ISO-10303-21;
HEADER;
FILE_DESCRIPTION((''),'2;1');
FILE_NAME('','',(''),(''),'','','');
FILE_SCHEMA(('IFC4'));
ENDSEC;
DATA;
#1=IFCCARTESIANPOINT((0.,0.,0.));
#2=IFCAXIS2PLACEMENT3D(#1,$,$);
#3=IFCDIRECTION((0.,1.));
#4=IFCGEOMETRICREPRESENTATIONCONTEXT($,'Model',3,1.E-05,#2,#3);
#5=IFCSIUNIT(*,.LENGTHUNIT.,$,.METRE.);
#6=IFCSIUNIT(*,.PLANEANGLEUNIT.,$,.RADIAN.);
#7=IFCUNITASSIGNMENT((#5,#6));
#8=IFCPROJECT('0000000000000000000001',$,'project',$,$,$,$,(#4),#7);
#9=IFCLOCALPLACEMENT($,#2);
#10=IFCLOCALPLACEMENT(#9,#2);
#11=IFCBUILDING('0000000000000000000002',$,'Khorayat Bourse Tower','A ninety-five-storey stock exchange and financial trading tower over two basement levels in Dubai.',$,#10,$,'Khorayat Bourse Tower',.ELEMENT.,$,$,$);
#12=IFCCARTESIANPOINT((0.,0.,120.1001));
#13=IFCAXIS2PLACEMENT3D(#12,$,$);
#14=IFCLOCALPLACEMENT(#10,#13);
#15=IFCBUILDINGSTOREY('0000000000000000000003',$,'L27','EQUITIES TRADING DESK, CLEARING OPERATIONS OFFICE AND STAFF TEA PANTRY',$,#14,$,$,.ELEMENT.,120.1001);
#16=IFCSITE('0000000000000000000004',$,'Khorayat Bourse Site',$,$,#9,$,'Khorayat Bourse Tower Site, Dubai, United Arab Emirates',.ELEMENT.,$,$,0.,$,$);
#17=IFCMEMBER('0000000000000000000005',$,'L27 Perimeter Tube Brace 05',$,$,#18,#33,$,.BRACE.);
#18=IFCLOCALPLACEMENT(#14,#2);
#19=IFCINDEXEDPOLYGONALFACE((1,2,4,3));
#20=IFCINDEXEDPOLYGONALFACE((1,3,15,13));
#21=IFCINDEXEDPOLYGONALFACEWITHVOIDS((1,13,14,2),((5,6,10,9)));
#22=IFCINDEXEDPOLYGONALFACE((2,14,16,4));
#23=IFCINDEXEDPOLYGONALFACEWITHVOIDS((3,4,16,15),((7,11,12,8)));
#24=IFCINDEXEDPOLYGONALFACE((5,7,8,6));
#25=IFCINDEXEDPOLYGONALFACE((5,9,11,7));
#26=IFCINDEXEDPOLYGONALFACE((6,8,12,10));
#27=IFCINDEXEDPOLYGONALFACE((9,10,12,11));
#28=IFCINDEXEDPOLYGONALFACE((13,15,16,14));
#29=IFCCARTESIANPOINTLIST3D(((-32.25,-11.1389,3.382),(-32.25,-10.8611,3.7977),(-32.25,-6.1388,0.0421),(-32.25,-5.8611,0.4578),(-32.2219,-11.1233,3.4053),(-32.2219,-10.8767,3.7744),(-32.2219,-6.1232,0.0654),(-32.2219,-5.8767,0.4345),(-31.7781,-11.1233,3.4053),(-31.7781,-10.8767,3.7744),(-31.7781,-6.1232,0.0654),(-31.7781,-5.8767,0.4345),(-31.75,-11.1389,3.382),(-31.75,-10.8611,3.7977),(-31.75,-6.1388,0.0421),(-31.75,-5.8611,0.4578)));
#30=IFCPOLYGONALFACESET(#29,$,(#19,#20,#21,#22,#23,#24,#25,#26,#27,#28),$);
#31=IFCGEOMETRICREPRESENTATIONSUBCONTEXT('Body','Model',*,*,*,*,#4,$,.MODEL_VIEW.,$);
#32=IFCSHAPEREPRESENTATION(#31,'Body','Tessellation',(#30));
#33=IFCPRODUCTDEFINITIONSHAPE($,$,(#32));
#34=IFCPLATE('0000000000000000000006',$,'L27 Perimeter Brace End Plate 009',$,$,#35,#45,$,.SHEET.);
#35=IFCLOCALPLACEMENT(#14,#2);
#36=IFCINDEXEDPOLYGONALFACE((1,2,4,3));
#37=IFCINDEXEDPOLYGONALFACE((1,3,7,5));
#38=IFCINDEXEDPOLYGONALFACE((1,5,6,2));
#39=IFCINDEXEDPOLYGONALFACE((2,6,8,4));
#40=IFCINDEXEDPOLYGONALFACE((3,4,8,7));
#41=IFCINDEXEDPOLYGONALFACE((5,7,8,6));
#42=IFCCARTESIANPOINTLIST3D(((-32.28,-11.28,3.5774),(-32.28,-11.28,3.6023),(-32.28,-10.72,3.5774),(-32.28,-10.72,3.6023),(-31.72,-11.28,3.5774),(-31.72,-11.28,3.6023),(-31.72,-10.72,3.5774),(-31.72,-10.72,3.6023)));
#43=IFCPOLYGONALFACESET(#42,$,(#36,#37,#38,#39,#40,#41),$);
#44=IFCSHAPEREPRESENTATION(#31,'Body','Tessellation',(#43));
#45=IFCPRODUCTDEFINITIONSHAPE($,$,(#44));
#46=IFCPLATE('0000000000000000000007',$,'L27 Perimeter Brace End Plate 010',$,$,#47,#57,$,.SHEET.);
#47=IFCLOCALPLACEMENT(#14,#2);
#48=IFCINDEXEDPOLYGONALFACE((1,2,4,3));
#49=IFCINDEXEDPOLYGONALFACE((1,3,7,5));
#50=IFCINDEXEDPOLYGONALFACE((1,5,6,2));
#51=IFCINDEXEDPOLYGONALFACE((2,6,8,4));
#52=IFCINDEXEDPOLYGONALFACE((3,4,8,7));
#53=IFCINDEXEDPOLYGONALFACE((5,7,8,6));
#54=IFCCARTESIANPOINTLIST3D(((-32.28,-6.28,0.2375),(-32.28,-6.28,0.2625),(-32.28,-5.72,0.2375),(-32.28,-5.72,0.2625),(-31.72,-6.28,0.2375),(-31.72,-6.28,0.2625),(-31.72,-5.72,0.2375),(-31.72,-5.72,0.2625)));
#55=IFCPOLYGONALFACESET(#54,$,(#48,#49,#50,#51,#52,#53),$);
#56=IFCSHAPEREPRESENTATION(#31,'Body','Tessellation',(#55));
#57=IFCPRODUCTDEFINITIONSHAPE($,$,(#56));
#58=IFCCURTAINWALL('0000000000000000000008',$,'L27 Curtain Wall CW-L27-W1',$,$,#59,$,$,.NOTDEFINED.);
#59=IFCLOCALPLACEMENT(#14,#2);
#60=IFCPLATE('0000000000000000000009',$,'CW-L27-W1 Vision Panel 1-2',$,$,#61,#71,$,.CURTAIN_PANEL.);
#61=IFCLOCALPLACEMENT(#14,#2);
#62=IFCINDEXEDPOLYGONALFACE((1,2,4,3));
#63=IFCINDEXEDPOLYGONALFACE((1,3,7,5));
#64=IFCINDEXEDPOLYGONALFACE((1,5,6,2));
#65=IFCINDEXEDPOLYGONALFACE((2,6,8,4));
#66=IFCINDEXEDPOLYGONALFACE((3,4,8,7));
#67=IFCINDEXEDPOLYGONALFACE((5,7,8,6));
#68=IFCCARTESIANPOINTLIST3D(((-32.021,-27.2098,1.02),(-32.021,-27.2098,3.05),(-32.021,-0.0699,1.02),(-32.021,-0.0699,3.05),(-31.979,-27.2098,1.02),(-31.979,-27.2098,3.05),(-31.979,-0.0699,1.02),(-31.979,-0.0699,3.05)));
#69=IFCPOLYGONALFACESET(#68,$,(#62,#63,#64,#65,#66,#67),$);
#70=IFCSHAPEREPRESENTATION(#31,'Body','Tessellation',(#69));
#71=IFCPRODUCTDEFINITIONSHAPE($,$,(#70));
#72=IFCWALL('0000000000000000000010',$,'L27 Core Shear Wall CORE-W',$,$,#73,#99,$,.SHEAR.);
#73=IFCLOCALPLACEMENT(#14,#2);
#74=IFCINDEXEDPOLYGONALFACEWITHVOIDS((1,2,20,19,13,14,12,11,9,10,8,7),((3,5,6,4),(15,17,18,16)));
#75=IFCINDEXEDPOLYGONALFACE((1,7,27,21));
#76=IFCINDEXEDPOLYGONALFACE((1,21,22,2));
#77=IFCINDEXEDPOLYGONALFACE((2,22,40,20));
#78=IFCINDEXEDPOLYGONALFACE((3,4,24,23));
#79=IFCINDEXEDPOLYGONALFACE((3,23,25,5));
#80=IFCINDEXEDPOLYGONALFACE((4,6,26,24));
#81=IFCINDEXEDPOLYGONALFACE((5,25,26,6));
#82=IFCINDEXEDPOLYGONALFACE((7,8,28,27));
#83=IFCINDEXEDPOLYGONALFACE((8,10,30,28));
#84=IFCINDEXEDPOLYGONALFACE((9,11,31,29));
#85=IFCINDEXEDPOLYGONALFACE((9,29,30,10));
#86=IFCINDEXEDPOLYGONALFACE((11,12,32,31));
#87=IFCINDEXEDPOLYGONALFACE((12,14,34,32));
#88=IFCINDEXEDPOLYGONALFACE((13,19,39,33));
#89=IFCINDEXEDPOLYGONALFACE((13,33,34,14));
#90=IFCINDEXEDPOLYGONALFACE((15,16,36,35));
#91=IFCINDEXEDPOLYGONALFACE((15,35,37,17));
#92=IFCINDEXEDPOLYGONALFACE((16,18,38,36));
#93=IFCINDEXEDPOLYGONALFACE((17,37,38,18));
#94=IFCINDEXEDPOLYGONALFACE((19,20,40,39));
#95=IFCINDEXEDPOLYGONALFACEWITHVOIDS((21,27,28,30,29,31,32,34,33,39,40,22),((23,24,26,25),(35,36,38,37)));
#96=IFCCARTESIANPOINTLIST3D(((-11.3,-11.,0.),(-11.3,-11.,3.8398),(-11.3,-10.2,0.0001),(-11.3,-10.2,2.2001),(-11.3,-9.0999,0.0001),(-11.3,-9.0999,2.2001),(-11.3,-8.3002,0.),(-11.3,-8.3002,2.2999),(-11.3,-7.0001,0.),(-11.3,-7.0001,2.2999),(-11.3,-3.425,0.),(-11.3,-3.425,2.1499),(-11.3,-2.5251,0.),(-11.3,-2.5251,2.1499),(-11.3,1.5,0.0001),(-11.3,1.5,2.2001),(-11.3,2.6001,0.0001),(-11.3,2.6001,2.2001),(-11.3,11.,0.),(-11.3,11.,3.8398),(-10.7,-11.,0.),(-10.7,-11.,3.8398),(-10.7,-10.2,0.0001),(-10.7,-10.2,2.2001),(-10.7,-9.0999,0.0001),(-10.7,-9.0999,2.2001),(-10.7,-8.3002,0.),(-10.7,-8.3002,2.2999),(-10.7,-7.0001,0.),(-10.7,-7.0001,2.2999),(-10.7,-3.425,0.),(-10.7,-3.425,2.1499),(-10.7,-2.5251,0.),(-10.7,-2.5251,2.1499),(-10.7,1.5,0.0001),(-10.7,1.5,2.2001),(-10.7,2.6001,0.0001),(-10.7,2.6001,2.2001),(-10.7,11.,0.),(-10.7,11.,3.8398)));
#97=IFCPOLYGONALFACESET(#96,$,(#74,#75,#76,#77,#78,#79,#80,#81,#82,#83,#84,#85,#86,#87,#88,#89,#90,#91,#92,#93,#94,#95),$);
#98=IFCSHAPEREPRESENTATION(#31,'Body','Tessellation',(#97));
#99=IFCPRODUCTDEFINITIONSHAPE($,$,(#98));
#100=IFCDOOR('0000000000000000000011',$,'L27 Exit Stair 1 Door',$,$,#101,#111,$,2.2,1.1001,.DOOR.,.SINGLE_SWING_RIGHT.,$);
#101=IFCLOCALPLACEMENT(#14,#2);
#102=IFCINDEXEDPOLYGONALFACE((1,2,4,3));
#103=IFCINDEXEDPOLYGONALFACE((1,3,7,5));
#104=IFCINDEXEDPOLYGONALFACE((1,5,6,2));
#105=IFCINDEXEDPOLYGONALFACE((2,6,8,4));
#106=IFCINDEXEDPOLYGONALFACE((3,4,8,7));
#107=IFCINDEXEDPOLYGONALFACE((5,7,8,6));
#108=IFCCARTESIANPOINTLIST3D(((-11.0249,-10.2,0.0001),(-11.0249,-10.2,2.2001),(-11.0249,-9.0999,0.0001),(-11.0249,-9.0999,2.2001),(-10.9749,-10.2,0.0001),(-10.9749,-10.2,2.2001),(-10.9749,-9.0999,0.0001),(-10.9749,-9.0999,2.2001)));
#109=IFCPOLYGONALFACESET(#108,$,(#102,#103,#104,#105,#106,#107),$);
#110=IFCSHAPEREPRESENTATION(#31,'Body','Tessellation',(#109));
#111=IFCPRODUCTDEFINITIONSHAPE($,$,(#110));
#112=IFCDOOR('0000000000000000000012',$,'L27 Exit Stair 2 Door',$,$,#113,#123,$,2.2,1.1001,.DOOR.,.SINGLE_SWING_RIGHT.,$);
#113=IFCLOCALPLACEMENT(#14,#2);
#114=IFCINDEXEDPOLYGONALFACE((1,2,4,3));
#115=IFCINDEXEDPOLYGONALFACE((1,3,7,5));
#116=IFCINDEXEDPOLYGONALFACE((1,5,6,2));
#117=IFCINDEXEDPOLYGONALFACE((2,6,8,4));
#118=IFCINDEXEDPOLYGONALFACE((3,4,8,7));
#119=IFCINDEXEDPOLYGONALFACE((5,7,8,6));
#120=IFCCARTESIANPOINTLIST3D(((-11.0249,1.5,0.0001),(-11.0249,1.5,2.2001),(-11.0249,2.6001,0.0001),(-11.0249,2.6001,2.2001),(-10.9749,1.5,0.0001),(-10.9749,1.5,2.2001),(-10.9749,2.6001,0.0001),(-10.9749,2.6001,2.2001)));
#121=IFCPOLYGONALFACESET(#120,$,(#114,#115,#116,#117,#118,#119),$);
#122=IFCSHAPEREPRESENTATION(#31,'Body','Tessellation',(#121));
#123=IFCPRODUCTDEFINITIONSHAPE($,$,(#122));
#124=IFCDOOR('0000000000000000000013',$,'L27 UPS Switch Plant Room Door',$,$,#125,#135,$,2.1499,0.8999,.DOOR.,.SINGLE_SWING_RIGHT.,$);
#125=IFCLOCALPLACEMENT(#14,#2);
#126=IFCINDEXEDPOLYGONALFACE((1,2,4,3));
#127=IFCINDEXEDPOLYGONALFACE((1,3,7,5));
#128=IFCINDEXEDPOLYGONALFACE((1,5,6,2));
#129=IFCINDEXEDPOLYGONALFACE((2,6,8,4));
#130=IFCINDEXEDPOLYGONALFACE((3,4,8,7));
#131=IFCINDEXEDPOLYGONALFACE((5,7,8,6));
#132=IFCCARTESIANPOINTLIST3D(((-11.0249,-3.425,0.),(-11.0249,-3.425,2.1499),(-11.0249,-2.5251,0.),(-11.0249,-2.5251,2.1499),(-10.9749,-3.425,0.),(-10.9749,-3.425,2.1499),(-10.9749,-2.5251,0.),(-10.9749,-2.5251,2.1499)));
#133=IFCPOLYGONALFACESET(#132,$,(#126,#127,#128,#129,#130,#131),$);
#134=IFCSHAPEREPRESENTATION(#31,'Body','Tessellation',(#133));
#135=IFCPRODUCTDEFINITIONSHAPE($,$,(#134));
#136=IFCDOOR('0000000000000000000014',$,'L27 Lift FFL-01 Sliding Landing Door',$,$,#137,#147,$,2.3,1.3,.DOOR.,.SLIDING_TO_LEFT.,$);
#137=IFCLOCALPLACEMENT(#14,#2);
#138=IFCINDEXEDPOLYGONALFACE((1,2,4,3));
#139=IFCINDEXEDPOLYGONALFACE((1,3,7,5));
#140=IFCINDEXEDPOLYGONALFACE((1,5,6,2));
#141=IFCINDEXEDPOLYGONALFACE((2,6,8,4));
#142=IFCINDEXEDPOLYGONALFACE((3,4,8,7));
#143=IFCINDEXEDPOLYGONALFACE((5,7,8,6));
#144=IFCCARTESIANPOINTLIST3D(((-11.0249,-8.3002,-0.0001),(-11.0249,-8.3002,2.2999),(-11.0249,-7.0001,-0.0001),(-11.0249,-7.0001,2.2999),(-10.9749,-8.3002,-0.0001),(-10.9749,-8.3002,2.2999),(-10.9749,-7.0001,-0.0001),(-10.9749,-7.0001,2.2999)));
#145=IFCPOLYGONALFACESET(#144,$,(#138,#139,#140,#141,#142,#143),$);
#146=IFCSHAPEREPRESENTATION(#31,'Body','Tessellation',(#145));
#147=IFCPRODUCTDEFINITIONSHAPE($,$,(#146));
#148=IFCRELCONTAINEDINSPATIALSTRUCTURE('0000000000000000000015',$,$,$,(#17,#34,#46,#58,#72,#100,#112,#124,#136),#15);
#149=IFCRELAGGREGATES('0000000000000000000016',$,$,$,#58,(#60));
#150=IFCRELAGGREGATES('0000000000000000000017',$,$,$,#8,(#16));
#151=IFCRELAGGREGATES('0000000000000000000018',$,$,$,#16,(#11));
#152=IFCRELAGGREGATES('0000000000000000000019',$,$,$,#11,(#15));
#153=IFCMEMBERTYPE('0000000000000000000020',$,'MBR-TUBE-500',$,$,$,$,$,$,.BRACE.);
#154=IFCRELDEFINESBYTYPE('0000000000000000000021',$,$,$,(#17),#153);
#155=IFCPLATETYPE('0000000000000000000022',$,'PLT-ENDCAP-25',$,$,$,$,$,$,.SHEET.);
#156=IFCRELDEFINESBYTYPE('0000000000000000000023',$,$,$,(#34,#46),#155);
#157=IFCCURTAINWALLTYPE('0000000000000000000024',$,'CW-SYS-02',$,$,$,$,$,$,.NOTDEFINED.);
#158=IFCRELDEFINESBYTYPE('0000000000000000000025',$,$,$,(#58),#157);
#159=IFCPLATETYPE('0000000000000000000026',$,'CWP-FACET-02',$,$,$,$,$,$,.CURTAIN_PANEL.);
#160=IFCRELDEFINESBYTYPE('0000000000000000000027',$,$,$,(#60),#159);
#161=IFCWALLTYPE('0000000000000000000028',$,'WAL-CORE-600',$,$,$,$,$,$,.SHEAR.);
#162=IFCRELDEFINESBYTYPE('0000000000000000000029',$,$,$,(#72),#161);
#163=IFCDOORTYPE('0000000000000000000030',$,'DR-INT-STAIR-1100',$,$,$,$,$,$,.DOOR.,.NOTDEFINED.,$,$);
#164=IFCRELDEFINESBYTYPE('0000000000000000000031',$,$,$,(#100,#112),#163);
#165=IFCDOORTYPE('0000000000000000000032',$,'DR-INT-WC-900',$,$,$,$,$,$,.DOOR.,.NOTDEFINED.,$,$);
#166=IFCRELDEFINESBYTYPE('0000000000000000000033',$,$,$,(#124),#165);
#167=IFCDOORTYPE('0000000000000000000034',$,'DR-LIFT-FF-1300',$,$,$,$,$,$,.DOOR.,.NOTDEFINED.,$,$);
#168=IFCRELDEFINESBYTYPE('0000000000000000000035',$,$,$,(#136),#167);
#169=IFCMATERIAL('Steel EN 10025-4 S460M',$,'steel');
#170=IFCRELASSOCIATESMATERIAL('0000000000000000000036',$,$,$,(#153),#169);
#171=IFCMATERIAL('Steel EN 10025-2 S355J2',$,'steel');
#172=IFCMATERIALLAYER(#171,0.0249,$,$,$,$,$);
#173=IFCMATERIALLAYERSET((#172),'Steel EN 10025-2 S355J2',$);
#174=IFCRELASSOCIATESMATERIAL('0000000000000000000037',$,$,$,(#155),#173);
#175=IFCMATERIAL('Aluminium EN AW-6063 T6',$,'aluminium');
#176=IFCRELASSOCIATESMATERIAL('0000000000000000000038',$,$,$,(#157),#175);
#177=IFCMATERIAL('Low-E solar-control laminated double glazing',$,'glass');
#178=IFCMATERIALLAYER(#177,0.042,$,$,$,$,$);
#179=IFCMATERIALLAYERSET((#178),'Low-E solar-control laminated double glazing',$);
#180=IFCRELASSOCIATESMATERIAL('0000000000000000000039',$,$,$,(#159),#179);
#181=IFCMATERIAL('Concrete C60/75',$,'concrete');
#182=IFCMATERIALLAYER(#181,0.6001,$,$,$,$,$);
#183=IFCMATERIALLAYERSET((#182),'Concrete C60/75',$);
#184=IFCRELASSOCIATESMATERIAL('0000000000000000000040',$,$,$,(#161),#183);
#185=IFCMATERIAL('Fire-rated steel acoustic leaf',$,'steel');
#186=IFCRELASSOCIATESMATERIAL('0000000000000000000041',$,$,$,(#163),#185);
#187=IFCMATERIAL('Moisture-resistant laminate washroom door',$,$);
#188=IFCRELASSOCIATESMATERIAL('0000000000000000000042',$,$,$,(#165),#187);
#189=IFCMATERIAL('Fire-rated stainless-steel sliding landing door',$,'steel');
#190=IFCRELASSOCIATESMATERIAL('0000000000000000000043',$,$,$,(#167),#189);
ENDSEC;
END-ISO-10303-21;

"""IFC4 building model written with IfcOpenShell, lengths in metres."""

from ifc_helpers import new_model, si_unit, direction, frame, frame_2d, origin, origin_2d, place, context, subcontext, project, spatial, rectangle, hollow_rectangle, extrude, source, transform, mapped, material, layer, layer_set, material_profile, profile_set, type_object, element, fill, aggregate, save


model = new_model("IFC4")

# Units and contexts
model_context = context("Model", 3, precision=1e-05, world=origin(), true_north=direction((0.0, 1.0)))
body_context = subcontext(model_context, "Body", "Model", "MODEL_VIEW")
ifc_project = project(units=[si_unit("LENGTHUNIT", "METRE"), si_unit("PLANEANGLEUNIT", "RADIAN")], contexts=[model_context])

# Site, building, storey
site_placement = place(None, origin())
site = spatial("IfcSite", under=ifc_project, at=site_placement, Name="Khorayat Bourse Site", LongName="Khorayat Bourse Tower Site, Dubai, United Arab Emirates", CompositionType="ELEMENT", RefElevation=0.0)
building_placement = place(site_placement, origin())
building = spatial("IfcBuilding", under=site, at=building_placement, Name="Khorayat Bourse Tower", Description="A ninety-five-storey stock exchange and financial trading tower over two basement levels in Dubai.", LongName="Khorayat Bourse Tower", CompositionType="ELEMENT")
storey_placement = place(building_placement, frame((0.0, 0.0, 120.1001)))
storey = spatial("IfcBuildingStorey", under=building, at=storey_placement, Name="L27", Description="EQUITIES TRADING DESK, CLEARING OPERATIONS OFFICE AND STAFF TEA PANTRY", CompositionType="ELEMENT", Elevation=120.1001)

# Shared definitions
ifc_material_1 = material(Name="Steel EN 10025-4 S460M", Category="steel")

# Member
ifc_material_profile_1 = material_profile(ifc_material_1, hollow_rectangle(XDim=0.5, YDim=0.5, WallThickness=0.0281, at=origin_2d()), Name="HSS 500x500x28")
ifc_profile_set_1 = profile_set([ifc_material_profile_1], Name="Steel EN 10025-4 S460M")
member_type = type_object("IfcMemberType", Name="MBR-TUBE-500", PredefinedType="BRACE", material=ifc_profile_set_1)
shared_shape_1 = source(origin(), body_context, "Body", "SweptSolid", [
    extrude(hollow_rectangle(XDim=0.5, YDim=0.5, WallThickness=0.0281, at=origin_2d()), origin(), (0.0, 0.0, 1.0), 6.0129),
])
member_placement = place(storey_placement, frame((-32.0, -11.0, 3.5898), z_axis=(0.0, 0.83155, -0.55545), x_axis=(-1.0, 0.0, 0.0)))
element("IfcMember", 1, at=member_placement, inside=storey, type_object=member_type, Name="L27 Perimeter Tube Brace 05", PredefinedType="BRACE", context=body_context, shape_type="MappedRepresentation", body=[
    mapped(shared_shape_1, transform((0.0, 0.0, 0.0), scale=1.0)),
])

# Plates
ifc_material_2 = material(Name="Steel EN 10025-2 S355J2", Category="steel")
ifc_layer_1 = layer(ifc_material_2, 0.0249)
ifc_layer_set_1 = layer_set([ifc_layer_1], Name="Steel EN 10025-2 S355J2")
plate_type_1 = type_object("IfcPlateType", Name="PLT-ENDCAP-25", PredefinedType="SHEET", material=ifc_layer_set_1)
shared_shape_2 = source(origin(), body_context, "Body", "SweptSolid", [
    extrude(rectangle(XDim=0.5601, YDim=0.5601, at=origin_2d()), origin(), (0.0, 0.0, 1.0), 0.0249),
])
for number, where, z_axis, x_axis, name in (
    (2, (-32.0, -11.0, 3.5774), (0.0, 0.0, 1.0), (1.0, 0.0, 0.0), "L27 Perimeter Brace End Plate 009"),
    (3, (-32.0, -6.0, 0.2375), (0.0, 0.0, 1.0), (1.0, 0.0, 0.0), "L27 Perimeter Brace End Plate 010"),
):
    element("IfcPlate", number, at=place(storey_placement, frame(where, z_axis=z_axis, x_axis=x_axis)), inside=storey, type_object=plate_type_1, Name=name, PredefinedType="SHEET", context=body_context, shape_type="MappedRepresentation", body=[
        mapped(shared_shape_2, transform((0.0, 0.0, 0.0), scale=1.0)),
    ])

# Curtain wall, plate
ifc_material_3 = material(Name="Aluminium EN AW-6063 T6", Category="aluminium")
curtain_wall_type = type_object("IfcCurtainWallType", Name="CW-SYS-02", PredefinedType="NOTDEFINED", material=ifc_material_3)
curtain_wall_placement = place(storey_placement, origin())
curtain_wall = element("IfcCurtainWall", 4, at=curtain_wall_placement, inside=storey, type_object=curtain_wall_type, Name="L27 Curtain Wall CW-L27-W1", PredefinedType="NOTDEFINED")
ifc_material_4 = material(Name="Low-E solar-control laminated double glazing", Category="glass")
ifc_layer_2 = layer(ifc_material_4, 0.042)
ifc_layer_set_2 = layer_set([ifc_layer_2], Name="Low-E solar-control laminated double glazing")
plate_type_2 = type_object("IfcPlateType", Name="CWP-FACET-02", PredefinedType="CURTAIN_PANEL", material=ifc_layer_set_2)
shared_shape_3 = source(origin(), body_context, "Body", "SweptSolid", [
    extrude(rectangle(XDim=27.1399, YDim=0.042, at=origin_2d()), origin(), (0.0, 0.0, 1.0), 2.03),
])
plate_placement = place(storey_placement, frame((-32.0, -13.6399, 1.02), z_axis=(0.0, 0.0, 1.0), x_axis=(0.0, 1.0, 0.0)))
plate = element("IfcPlate", 5, at=plate_placement, type_object=plate_type_2, Name="CW-L27-W1 Vision Panel 1-2", PredefinedType="CURTAIN_PANEL", context=body_context, shape_type="MappedRepresentation", body=[
    mapped(shared_shape_3, transform((0.0, 0.0, 0.0), scale=1.0)),
])
aggregate(curtain_wall, [plate])

# Wall, openings, doors
ifc_material_5 = material(Name="Concrete C60/75", Category="concrete")
ifc_layer_3 = layer(ifc_material_5, 0.6001)
ifc_layer_set_3 = layer_set([ifc_layer_3], Name="Concrete C60/75")
wall_type_1 = type_object("IfcWallType", Name="WAL-CORE-600", PredefinedType="SHEAR", material=ifc_layer_set_3)
shared_shape_4 = source(origin(), body_context, "Body", "SweptSolid", [
    extrude(rectangle(XDim=22.0, YDim=0.6001, at=frame_2d((11.0, 0.0))), origin(), (0.0, 0.0, 1.0), 3.8398),
])
wall_1_placement = place(storey_placement, frame((-11.0, -11.0, 0.0), z_axis=(0.0, 0.0, 1.0), x_axis=(0.0, 1.0, 0.0)))
wall_1 = element("IfcWall", 6, at=wall_1_placement, inside=storey, type_object=wall_type_1, Name="L27 Core Shear Wall CORE-W", PredefinedType="SHEAR", context=body_context, shape_type="MappedRepresentation", body=[
    mapped(shared_shape_4, transform((0.0, 0.0, 0.0), scale=1.0)),
])
shared_shape_5 = source(origin(), body_context, "Body", "SweptSolid", [
    extrude(rectangle(XDim=1.1001, YDim=2.2, at=frame_2d((0.55, 1.1001))), frame((0.0, 0.3101, 0.0), z_axis=(0.0, -1.0, 0.0), x_axis=(1.0, 0.0, 0.0)), (0.0, 0.0, 1.0), 0.6201),
])
opening_1_placement = place(wall_1_placement, frame((0.8, 0.0, 0.0)))
opening_1 = element("IfcOpeningElement", 7, at=opening_1_placement, cuts=wall_1, PredefinedType="OPENING", context=body_context, shape_type="MappedRepresentation", body=[
    mapped(shared_shape_5, transform((0.0, 0.0, 0.0), scale=1.0)),
])
opening_2_placement = place(wall_1_placement, frame((12.5, 0.0, 0.0)))
opening_2 = element("IfcOpeningElement", 8, at=opening_2_placement, cuts=wall_1, PredefinedType="OPENING", context=body_context, shape_type="MappedRepresentation", body=[
    mapped(shared_shape_5, transform((0.0, 0.0, 0.0), scale=1.0)),
])
shared_shape_6 = source(origin(), body_context, "Body", "SweptSolid", [
    extrude(rectangle(XDim=0.8999, YDim=2.1499, at=frame_2d((0.45, 1.075))), frame((0.0, 0.3101, 0.0), z_axis=(0.0, -1.0, 0.0), x_axis=(1.0, 0.0, 0.0)), (0.0, 0.0, 1.0), 0.6201),
])
opening_3_placement = place(wall_1_placement, frame((7.575, 0.0, 0.0)))
opening_3 = element("IfcOpeningElement", 9, at=opening_3_placement, cuts=wall_1, PredefinedType="OPENING", context=body_context, shape_type="MappedRepresentation", body=[
    mapped(shared_shape_6, transform((0.0, 0.0, 0.0), scale=1.0)),
])
shared_shape_7 = source(origin(), body_context, "Body", "SweptSolid", [
    extrude(rectangle(XDim=1.3, YDim=2.3, at=frame_2d((0.6499, 1.1499))), frame((0.0, 0.3101, 0.0), z_axis=(0.0, -1.0, 0.0), x_axis=(1.0, 0.0, 0.0)), (0.0, 0.0, 1.0), 0.6201),
])
opening_4_placement = place(wall_1_placement, frame((2.7, 0.0, 0.0)))
opening_4 = element("IfcOpeningElement", 10, at=opening_4_placement, cuts=wall_1, PredefinedType="OPENING", context=body_context, shape_type="MappedRepresentation", body=[
    mapped(shared_shape_7, transform((0.0, 0.0, 0.0), scale=1.0)),
])
ifc_material_6 = material(Name="Fire-rated steel acoustic leaf", Category="steel")
door_type_1 = type_object("IfcDoorType", Name="DR-INT-STAIR-1100", OperationType="NOTDEFINED", PredefinedType="DOOR", material=ifc_material_6)
shared_shape_8 = source(origin(), body_context, "Body", "SweptSolid", [
    extrude(rectangle(XDim=1.1001, YDim=2.2, at=frame_2d((0.55, 1.1001))), frame((0.0, 0.0249, 0.0), z_axis=(0.0, -1.0, 0.0), x_axis=(1.0, 0.0, 0.0)), (0.0, 0.0, 1.0), 0.05),
])
door_1_placement = place(opening_1_placement, origin())
door_1 = element("IfcDoor", 11, at=door_1_placement, inside=storey, type_object=door_type_1, Name="L27 Exit Stair 1 Door", OperationType="SINGLE_SWING_RIGHT", OverallHeight=2.2, OverallWidth=1.1001, PredefinedType="DOOR", context=body_context, shape_type="MappedRepresentation", body=[
    mapped(shared_shape_8, transform((0.0, 0.0, 0.0), scale=1.0)),
])
fill(opening_1, door_1)
door_2_placement = place(opening_2_placement, origin())
door_2 = element("IfcDoor", 12, at=door_2_placement, inside=storey, type_object=door_type_1, Name="L27 Exit Stair 2 Door", OperationType="SINGLE_SWING_RIGHT", OverallHeight=2.2, OverallWidth=1.1001, PredefinedType="DOOR", context=body_context, shape_type="MappedRepresentation", body=[
    mapped(shared_shape_8, transform((0.0, 0.0, 0.0), scale=1.0)),
])
fill(opening_2, door_2)
ifc_material_7 = material(Name="Moisture-resistant laminate washroom door")
door_type_2 = type_object("IfcDoorType", Name="DR-INT-WC-900", OperationType="NOTDEFINED", PredefinedType="DOOR", material=ifc_material_7)
shared_shape_9 = source(origin(), body_context, "Body", "SweptSolid", [
    extrude(rectangle(XDim=0.8999, YDim=2.1499, at=frame_2d((0.45, 1.075))), frame((0.0, 0.0249, 0.0), z_axis=(0.0, -1.0, 0.0), x_axis=(1.0, 0.0, 0.0)), (0.0, 0.0, 1.0), 0.05),
])
door_3_placement = place(opening_3_placement, origin())
door_3 = element("IfcDoor", 13, at=door_3_placement, inside=storey, type_object=door_type_2, Name="L27 UPS Switch Plant Room Door", OperationType="SINGLE_SWING_RIGHT", OverallHeight=2.1499, OverallWidth=0.8999, PredefinedType="DOOR", context=body_context, shape_type="MappedRepresentation", body=[
    mapped(shared_shape_9, transform((0.0, 0.0, 0.0), scale=1.0)),
])
fill(opening_3, door_3)
ifc_material_8 = material(Name="Fire-rated stainless-steel sliding landing door", Category="steel")
door_type_3 = type_object("IfcDoorType", Name="DR-LIFT-FF-1300", OperationType="NOTDEFINED", PredefinedType="DOOR", material=ifc_material_8)
shared_shape_10 = source(origin(), body_context, "Body", "SweptSolid", [
    extrude(rectangle(XDim=1.3, YDim=2.3, at=frame_2d((0.6499, 1.1499))), frame((0.0, 0.0249, 0.0), z_axis=(0.0, -1.0, 0.0), x_axis=(1.0, 0.0, 0.0)), (0.0, 0.0, 1.0), 0.05),
])
door_4_placement = place(opening_4_placement, origin())
door_4 = element("IfcDoor", 14, at=door_4_placement, inside=storey, type_object=door_type_3, Name="L27 Lift FFL-01 Sliding Landing Door", OperationType="SLIDING_TO_LEFT", OverallHeight=2.3, OverallWidth=1.3, PredefinedType="DOOR", context=body_context, shape_type="MappedRepresentation", body=[
    mapped(shared_shape_10, transform((0.0, 0.0, 0.0), scale=1.0)),
])
fill(opening_4, door_4)

save(model, "model.ifc")
